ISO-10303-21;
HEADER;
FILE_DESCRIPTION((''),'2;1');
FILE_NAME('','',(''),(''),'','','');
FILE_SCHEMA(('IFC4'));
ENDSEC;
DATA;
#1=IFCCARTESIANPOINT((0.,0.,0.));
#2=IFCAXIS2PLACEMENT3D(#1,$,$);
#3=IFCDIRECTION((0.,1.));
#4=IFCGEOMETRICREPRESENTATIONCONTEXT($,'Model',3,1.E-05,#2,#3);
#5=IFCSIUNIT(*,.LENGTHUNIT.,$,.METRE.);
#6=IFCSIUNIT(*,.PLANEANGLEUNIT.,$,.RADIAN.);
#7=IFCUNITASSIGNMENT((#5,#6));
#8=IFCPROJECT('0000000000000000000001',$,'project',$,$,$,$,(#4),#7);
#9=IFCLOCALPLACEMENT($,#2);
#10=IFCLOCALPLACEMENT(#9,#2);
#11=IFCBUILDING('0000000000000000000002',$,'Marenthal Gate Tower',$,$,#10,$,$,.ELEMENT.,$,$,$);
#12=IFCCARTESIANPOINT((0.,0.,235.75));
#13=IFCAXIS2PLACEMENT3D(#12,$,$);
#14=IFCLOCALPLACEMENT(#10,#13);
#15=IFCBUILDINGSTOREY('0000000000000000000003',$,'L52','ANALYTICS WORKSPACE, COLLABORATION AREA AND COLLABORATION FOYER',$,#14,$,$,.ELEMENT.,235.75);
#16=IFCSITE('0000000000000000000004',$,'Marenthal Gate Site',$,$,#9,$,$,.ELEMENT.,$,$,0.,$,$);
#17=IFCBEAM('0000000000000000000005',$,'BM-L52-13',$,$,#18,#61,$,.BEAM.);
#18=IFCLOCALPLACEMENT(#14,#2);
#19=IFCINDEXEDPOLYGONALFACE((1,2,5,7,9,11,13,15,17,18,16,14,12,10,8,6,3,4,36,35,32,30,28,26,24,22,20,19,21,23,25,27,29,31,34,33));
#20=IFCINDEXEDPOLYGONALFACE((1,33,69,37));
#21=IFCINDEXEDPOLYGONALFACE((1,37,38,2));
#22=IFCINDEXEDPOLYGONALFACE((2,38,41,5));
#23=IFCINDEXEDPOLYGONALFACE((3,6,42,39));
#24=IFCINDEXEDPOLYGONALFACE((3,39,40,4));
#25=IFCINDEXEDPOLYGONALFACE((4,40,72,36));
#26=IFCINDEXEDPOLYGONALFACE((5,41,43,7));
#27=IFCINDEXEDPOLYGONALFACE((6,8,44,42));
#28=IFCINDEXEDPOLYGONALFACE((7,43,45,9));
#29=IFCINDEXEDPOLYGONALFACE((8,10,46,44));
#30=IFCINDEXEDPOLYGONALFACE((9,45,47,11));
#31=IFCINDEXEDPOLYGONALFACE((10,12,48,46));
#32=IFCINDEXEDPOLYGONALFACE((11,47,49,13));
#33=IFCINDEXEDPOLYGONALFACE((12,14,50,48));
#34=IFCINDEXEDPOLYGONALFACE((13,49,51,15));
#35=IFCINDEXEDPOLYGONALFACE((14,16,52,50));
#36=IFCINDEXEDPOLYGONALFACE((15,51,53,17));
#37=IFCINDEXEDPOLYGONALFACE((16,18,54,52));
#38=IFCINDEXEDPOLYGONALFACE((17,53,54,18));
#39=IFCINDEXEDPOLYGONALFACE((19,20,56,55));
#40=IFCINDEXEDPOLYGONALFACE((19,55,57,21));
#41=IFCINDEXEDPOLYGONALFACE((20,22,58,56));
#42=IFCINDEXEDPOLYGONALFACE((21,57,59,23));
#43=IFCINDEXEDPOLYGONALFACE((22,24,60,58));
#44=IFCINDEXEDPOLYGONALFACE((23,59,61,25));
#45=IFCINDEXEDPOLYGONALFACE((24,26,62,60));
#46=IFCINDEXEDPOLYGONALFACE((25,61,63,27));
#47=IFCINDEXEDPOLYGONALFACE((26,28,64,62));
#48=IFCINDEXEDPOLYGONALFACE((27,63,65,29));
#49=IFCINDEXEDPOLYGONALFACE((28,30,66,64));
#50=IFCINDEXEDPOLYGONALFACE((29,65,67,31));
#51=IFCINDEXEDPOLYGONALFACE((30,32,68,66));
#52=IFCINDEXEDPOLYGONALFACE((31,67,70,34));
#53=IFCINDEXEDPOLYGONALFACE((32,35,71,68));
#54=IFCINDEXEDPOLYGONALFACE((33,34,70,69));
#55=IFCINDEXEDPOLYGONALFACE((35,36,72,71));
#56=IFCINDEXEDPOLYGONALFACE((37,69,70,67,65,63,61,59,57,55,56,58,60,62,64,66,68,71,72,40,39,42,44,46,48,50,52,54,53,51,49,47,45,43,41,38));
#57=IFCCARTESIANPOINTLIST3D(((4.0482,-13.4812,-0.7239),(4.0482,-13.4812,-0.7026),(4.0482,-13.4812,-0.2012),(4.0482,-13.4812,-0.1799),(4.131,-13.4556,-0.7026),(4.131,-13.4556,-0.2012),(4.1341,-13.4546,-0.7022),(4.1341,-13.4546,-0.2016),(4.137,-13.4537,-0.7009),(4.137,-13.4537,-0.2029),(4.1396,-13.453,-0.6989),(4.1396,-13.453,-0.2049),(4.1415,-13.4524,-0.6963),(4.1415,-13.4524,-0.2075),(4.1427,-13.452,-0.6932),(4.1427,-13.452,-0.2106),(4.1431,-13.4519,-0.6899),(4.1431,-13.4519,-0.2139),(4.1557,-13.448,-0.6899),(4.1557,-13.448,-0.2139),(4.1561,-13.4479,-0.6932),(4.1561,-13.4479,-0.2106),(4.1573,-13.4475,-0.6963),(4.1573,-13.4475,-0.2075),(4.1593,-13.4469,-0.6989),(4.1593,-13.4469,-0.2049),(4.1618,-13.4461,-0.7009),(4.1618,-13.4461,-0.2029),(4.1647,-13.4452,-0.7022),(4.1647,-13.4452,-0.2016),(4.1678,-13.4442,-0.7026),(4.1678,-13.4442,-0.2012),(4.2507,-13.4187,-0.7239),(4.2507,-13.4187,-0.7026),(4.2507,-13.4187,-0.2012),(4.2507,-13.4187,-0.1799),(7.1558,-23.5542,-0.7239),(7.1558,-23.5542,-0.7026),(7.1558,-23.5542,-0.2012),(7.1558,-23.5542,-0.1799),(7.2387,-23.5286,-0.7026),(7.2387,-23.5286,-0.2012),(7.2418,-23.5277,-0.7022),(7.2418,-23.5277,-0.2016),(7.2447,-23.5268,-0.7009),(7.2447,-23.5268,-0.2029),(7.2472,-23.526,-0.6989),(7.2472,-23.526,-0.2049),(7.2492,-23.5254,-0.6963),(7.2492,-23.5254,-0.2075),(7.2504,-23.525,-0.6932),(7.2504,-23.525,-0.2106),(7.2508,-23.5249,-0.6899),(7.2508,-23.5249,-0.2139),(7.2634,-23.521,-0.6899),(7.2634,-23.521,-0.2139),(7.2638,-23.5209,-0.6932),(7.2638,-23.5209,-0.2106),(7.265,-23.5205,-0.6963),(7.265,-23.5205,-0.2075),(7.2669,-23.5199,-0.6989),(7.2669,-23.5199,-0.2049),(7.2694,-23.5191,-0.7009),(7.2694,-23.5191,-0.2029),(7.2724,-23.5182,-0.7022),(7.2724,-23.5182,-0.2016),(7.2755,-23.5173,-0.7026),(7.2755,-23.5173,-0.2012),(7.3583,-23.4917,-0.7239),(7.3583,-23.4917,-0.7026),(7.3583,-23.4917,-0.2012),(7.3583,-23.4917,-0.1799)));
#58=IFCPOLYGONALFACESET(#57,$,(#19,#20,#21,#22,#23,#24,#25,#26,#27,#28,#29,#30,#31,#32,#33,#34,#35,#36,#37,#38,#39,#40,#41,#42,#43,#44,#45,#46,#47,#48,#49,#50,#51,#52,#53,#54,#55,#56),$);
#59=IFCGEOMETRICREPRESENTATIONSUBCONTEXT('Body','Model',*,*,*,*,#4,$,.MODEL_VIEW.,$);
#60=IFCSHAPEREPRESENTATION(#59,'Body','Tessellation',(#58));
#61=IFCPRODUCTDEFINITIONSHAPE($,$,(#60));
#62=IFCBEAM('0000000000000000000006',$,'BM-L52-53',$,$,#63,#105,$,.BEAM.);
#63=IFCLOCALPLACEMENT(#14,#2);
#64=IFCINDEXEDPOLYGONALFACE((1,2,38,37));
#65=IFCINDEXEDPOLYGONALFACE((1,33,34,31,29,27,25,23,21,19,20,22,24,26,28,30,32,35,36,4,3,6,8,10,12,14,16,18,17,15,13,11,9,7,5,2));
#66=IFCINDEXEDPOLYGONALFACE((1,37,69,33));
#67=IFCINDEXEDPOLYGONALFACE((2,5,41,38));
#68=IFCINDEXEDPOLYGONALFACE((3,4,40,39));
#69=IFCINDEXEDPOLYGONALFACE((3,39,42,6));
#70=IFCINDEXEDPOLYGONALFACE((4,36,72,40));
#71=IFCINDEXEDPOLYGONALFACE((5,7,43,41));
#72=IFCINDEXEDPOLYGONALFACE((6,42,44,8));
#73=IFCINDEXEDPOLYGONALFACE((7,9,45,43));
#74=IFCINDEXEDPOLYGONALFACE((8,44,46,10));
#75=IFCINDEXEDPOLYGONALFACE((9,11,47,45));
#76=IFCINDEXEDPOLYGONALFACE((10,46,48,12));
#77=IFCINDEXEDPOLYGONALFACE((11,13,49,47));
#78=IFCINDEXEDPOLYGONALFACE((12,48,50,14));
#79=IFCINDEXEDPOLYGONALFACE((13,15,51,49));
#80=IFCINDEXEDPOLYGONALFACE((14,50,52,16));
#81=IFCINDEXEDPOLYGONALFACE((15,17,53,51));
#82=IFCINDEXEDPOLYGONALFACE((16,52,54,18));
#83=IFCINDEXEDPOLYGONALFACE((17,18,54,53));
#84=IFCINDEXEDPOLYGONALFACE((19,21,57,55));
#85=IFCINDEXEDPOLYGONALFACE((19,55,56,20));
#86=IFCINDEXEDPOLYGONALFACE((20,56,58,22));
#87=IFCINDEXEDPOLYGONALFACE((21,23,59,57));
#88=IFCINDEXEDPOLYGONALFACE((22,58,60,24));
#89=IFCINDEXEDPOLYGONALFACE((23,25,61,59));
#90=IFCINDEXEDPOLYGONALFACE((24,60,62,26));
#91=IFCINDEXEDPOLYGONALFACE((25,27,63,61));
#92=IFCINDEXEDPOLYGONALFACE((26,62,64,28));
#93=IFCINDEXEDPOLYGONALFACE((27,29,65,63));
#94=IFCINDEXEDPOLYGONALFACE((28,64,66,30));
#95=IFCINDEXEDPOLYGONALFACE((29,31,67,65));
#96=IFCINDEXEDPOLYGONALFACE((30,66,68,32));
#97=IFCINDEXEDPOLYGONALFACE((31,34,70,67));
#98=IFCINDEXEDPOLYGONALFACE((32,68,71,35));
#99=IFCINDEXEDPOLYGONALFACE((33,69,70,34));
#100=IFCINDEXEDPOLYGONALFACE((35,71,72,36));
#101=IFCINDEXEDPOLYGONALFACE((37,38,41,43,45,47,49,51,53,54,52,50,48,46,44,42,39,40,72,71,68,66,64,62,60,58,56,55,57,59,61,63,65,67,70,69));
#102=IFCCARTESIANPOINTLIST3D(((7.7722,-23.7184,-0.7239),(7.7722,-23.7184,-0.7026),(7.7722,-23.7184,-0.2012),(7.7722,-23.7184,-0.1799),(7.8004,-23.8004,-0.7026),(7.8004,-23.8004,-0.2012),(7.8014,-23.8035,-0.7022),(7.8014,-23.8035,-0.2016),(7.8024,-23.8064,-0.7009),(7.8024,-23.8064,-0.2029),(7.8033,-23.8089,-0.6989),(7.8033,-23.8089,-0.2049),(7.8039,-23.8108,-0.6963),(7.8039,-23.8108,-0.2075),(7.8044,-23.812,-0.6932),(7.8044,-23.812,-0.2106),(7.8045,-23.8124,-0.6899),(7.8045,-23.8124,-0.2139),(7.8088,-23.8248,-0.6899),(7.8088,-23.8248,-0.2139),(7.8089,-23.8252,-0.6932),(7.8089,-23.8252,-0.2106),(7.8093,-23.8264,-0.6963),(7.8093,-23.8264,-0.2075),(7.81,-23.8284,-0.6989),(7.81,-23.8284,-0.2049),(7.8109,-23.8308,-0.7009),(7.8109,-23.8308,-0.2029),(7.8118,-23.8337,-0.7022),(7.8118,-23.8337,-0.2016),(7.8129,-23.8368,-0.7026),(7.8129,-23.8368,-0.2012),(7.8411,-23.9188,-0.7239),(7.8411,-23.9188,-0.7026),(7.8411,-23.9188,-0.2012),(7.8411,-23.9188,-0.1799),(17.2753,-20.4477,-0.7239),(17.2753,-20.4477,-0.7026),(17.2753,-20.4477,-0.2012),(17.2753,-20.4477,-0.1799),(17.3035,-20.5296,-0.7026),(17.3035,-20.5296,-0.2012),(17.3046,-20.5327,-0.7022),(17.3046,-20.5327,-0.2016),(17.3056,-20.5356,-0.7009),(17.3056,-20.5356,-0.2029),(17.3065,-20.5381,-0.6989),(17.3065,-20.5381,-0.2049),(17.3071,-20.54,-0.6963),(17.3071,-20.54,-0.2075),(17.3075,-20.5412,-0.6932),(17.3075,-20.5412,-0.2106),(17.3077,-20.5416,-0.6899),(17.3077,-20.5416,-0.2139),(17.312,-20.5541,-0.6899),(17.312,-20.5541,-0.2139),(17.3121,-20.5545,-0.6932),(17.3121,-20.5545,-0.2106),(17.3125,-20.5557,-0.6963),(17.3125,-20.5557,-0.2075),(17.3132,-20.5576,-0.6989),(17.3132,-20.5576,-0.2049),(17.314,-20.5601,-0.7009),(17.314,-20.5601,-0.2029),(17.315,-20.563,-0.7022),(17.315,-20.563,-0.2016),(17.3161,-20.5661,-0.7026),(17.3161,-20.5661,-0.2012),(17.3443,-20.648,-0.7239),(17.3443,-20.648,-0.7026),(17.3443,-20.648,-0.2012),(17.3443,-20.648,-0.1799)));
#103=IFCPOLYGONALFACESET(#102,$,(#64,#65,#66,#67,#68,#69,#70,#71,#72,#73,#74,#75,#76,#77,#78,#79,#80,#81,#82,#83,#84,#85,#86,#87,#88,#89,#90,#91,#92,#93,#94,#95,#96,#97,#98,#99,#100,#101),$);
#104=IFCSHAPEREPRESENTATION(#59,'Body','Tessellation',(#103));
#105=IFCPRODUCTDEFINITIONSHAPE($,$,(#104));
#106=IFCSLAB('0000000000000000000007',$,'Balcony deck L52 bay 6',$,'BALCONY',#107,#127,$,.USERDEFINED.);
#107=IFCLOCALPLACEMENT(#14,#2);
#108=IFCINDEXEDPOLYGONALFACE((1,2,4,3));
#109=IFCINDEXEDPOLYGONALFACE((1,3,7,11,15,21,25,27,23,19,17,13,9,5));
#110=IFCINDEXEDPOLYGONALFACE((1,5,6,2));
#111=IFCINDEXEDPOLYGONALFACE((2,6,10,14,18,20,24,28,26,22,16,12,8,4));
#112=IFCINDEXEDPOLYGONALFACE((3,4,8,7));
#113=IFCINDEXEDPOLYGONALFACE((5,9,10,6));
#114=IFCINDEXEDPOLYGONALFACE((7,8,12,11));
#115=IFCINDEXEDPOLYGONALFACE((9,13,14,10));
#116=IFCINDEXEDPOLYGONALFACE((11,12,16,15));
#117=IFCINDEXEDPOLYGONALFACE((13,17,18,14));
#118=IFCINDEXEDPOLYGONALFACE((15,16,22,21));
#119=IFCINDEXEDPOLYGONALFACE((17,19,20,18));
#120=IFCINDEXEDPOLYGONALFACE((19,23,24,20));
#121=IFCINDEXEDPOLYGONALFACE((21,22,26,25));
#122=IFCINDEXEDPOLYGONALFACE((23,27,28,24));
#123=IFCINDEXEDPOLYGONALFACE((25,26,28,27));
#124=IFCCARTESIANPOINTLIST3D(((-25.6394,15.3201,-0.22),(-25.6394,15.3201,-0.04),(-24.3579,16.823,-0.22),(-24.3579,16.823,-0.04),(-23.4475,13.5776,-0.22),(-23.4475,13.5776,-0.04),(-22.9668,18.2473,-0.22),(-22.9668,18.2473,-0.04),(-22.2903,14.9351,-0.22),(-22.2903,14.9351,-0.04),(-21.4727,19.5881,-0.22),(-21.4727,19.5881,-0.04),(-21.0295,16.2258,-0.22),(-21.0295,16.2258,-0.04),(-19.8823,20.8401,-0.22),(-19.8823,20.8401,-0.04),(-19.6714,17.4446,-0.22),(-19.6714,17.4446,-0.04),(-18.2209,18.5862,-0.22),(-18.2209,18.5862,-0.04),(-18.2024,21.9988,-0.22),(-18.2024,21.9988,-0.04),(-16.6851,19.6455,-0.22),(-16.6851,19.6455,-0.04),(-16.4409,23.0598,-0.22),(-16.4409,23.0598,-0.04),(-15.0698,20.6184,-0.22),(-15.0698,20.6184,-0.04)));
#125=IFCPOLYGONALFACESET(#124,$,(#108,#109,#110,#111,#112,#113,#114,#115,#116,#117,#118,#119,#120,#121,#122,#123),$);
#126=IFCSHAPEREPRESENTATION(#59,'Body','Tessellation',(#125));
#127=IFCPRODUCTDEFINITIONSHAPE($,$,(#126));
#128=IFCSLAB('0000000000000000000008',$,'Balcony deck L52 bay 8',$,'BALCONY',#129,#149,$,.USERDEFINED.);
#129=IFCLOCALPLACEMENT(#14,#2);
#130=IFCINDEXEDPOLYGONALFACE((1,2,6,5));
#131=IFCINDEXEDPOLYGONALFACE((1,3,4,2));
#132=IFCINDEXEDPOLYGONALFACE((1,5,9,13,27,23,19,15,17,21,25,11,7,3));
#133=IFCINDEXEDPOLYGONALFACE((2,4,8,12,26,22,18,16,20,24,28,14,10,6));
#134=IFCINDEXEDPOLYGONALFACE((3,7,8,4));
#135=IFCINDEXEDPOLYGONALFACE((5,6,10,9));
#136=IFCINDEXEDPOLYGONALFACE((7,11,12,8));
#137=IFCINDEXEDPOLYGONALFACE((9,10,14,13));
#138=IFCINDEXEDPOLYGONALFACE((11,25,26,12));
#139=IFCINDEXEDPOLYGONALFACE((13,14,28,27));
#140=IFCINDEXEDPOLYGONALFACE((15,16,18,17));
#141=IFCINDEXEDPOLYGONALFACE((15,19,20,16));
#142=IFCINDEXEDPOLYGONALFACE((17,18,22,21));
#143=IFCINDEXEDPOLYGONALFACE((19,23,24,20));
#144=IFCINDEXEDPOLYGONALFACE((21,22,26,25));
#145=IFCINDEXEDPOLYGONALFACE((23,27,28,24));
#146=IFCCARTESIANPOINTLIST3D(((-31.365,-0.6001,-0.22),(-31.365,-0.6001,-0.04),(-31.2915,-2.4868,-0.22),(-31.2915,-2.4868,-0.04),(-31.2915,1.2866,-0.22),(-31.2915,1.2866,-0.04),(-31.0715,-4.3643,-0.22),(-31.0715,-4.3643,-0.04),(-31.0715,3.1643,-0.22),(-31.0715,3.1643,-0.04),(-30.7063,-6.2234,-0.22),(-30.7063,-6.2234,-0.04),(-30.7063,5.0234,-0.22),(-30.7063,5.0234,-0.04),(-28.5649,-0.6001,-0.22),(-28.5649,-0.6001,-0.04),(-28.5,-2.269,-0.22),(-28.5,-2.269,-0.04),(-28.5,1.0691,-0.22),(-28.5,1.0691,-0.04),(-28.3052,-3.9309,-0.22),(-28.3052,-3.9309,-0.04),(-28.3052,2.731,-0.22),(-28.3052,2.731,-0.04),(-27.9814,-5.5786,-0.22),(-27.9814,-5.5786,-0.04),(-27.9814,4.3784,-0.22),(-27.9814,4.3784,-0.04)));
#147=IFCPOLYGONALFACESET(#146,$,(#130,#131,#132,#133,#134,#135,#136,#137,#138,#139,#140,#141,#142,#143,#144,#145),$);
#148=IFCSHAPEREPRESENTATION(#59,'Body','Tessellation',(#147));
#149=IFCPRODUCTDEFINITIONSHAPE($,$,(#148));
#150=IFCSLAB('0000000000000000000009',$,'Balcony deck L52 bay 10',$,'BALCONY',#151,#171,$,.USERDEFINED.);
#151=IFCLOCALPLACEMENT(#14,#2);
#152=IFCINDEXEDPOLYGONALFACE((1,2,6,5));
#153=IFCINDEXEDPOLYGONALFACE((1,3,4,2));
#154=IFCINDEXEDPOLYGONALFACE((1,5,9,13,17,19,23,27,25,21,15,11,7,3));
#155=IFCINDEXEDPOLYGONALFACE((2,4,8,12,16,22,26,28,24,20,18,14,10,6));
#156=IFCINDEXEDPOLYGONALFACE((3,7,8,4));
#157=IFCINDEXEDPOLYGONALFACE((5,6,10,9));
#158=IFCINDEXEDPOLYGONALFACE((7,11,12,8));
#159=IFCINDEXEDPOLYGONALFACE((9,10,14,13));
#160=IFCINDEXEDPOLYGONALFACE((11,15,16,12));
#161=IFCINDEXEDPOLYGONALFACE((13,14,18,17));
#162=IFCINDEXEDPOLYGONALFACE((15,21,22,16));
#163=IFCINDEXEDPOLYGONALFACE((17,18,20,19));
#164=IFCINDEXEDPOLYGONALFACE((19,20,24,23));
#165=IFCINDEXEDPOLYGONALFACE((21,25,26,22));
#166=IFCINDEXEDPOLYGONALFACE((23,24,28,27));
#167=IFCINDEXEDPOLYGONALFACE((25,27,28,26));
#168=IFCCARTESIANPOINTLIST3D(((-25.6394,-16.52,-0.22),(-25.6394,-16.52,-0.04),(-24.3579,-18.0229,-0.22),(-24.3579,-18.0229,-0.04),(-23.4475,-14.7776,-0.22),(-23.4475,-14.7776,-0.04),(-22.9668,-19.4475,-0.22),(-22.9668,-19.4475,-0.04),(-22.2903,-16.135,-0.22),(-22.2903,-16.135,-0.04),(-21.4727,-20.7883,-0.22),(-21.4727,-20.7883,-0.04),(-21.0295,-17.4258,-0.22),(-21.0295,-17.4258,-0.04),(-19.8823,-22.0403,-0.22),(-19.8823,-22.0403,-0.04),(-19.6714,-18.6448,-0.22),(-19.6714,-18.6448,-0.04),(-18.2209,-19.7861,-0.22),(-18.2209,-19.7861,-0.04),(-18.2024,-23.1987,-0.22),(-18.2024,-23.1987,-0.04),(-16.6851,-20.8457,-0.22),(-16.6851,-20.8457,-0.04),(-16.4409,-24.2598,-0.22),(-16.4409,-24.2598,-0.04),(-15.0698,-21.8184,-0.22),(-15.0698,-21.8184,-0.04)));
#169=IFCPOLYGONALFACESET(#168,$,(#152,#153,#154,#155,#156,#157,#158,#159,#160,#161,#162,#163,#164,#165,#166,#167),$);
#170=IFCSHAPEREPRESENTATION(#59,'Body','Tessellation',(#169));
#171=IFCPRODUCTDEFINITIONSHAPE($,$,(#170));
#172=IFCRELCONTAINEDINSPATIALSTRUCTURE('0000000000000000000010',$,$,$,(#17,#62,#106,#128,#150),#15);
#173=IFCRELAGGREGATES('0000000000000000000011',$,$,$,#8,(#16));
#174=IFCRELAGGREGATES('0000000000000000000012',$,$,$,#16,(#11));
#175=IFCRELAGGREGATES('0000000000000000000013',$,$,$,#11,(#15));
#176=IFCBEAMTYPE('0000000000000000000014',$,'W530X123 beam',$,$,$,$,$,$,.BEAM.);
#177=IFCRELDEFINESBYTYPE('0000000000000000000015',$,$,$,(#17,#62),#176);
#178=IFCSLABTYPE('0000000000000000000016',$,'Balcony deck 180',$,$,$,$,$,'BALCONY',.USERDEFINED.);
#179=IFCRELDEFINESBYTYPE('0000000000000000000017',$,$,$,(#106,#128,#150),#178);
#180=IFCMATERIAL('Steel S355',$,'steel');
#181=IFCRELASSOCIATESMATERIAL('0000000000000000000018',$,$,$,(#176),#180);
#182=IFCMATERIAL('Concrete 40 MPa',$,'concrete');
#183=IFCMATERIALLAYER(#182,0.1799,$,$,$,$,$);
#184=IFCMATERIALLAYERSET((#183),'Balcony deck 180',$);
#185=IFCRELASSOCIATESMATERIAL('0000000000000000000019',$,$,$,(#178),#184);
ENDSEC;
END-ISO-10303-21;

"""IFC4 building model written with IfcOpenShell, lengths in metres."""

from ifc_helpers import new_model, si_unit, direction, frame, origin, origin_2d, place, context, subcontext, project, spatial, polyline, i_section, outline, extrude, material, layer, layer_set, material_profile, profile_set, type_object, element, save


model = new_model("IFC4")

# Units and contexts
model_context = context("Model", 3, precision=1e-05, world=origin(), true_north=direction((0.0, 1.0)))
body_context = subcontext(model_context, "Body", "Model", "MODEL_VIEW")
ifc_project = project(units=[si_unit("LENGTHUNIT", "METRE"), si_unit("PLANEANGLEUNIT", "RADIAN")], contexts=[model_context])

# Site, building, storey
site_placement = place(None, origin())
site = spatial("IfcSite", under=ifc_project, at=site_placement, Name="Marenthal Gate Site", CompositionType="ELEMENT", RefElevation=0.0)
building_placement = place(site_placement, origin())
building = spatial("IfcBuilding", under=site, at=building_placement, Name="Marenthal Gate Tower", CompositionType="ELEMENT")
storey_placement = place(building_placement, frame((0.0, 0.0, 235.75)))
storey = spatial("IfcBuildingStorey", under=building, at=storey_placement, Name="L52", Description="ANALYTICS WORKSPACE, COLLABORATION AREA AND COLLABORATION FOYER", CompositionType="ELEMENT", Elevation=235.75)

# Beams
ifc_material_1 = material(Name="Steel S355", Category="steel")
ifc_material_profile_1 = material_profile(ifc_material_1, i_section(OverallWidth=0.2119, OverallDepth=0.5439, WebThickness=0.0132, FlangeThickness=0.0212, FilletRadius=0.0127, at=origin_2d()), Name="W530X123")
ifc_profile_set_1 = profile_set([ifc_material_profile_1], Name="Steel S355")
beam_type_1 = type_object("IfcBeamType", Name="W530X123 beam", PredefinedType="BEAM", material=ifc_profile_set_1)
beam_1_placement = place(storey_placement, frame((7.2571, -23.5229, -0.4519), z_axis=(-0.294803, 0.955558, 0.0), x_axis=(-0.955558, -0.294803, 0.0)))
element("IfcBeam", 1, at=beam_1_placement, inside=storey, type_object=beam_type_1, Name="BM-L52-13", PredefinedType="BEAM", context=body_context, shape_type="SweptSolid", body=[
    extrude(i_section(OverallWidth=0.2119, OverallDepth=0.5439, WebThickness=0.0132, FlangeThickness=0.0212, FilletRadius=0.0127, at=origin_2d()), origin(), (0.0, 0.0, 1.0), 10.5415),
])
beam_2_placement = place(storey_placement, frame((7.8066, -23.8186, -0.4519), z_axis=(0.945563, 0.325439, 0.0), x_axis=(-0.325439, 0.945563, 0.0)))
element("IfcBeam", 2, at=beam_2_placement, inside=storey, type_object=beam_type_1, Name="BM-L52-53", PredefinedType="BEAM", context=body_context, shape_type="SweptSolid", body=[
    extrude(i_section(OverallWidth=0.2119, OverallDepth=0.5439, WebThickness=0.0132, FlangeThickness=0.0212, FilletRadius=0.0127, at=origin_2d()), origin(), (0.0, 0.0, 1.0), 10.0503),
])

# Slabs
ifc_material_2 = material(Name="Concrete 40 MPa", Category="concrete")
ifc_layer_1 = layer(ifc_material_2, 0.1799)
ifc_layer_set_1 = layer_set([ifc_layer_1], Name="Balcony deck 180")
slab_type_1 = type_object("IfcSlabType", Name="Balcony deck 180", ElementType="BALCONY", PredefinedType="USERDEFINED", material=ifc_layer_set_1)
slab_1_placement = place(storey_placement, frame((0.0, 0.0, -0.22)))
element("IfcSlab", 3, at=slab_1_placement, inside=storey, type_object=slab_type_1, Name="Balcony deck L52 bay 6", ObjectType="BALCONY", PredefinedType="USERDEFINED", context=body_context, shape_type="SweptSolid", body=[
    extrude(outline(polyline([(-15.0698, 20.6184), (-16.6851, 19.6455), (-18.2209, 18.5862), (-19.6714, 17.4446), (-21.0295, 16.2258), (-22.2903, 14.9351), (-23.4475, 13.5776), (-25.6394, 15.3201), (-24.3579, 16.823), (-22.9668, 18.2473), (-21.4727, 19.5881), (-19.8823, 20.8401), (-18.2024, 21.9988), (-16.4409, 23.0598), (-15.0698, 20.6184)])), origin(), (0.0, 0.0, 1.0), 0.1799),
])
slab_2_placement = place(storey_placement, frame((0.0, 0.0, -0.22)))
element("IfcSlab", 4, at=slab_2_placement, inside=storey, type_object=slab_type_1, Name="Balcony deck L52 bay 8", ObjectType="BALCONY", PredefinedType="USERDEFINED", context=body_context, shape_type="SweptSolid", body=[
    extrude(outline(polyline([(-27.9814, 4.3784), (-28.3052, 2.731), (-28.5, 1.0691), (-28.5649, -0.6001), (-28.5, -2.269), (-28.3052, -3.9309), (-27.9814, -5.5786), (-30.7063, -6.2234), (-31.0715, -4.3643), (-31.2915, -2.4868), (-31.365, -0.6001), (-31.2915, 1.2866), (-31.0715, 3.1643), (-30.7063, 5.0234), (-27.9814, 4.3784)])), origin(), (0.0, 0.0, 1.0), 0.1799),
])
slab_3_placement = place(storey_placement, frame((0.0, 0.0, -0.22)))
element("IfcSlab", 5, at=slab_3_placement, inside=storey, type_object=slab_type_1, Name="Balcony deck L52 bay 10", ObjectType="BALCONY", PredefinedType="USERDEFINED", context=body_context, shape_type="SweptSolid", body=[
    extrude(outline(polyline([(-23.4475, -14.7776), (-22.2903, -16.135), (-21.0295, -17.4258), (-19.6714, -18.6448), (-18.2209, -19.7861), (-16.6851, -20.8457), (-15.0698, -21.8184), (-16.4409, -24.2598), (-18.2024, -23.1987), (-19.8823, -22.0403), (-21.4727, -20.7883), (-22.9668, -19.4475), (-24.3579, -18.0229), (-25.6394, -16.52), (-23.4475, -14.7776)])), origin(), (0.0, 0.0, 1.0), 0.1799),
])

save(model, "model.ifc")
